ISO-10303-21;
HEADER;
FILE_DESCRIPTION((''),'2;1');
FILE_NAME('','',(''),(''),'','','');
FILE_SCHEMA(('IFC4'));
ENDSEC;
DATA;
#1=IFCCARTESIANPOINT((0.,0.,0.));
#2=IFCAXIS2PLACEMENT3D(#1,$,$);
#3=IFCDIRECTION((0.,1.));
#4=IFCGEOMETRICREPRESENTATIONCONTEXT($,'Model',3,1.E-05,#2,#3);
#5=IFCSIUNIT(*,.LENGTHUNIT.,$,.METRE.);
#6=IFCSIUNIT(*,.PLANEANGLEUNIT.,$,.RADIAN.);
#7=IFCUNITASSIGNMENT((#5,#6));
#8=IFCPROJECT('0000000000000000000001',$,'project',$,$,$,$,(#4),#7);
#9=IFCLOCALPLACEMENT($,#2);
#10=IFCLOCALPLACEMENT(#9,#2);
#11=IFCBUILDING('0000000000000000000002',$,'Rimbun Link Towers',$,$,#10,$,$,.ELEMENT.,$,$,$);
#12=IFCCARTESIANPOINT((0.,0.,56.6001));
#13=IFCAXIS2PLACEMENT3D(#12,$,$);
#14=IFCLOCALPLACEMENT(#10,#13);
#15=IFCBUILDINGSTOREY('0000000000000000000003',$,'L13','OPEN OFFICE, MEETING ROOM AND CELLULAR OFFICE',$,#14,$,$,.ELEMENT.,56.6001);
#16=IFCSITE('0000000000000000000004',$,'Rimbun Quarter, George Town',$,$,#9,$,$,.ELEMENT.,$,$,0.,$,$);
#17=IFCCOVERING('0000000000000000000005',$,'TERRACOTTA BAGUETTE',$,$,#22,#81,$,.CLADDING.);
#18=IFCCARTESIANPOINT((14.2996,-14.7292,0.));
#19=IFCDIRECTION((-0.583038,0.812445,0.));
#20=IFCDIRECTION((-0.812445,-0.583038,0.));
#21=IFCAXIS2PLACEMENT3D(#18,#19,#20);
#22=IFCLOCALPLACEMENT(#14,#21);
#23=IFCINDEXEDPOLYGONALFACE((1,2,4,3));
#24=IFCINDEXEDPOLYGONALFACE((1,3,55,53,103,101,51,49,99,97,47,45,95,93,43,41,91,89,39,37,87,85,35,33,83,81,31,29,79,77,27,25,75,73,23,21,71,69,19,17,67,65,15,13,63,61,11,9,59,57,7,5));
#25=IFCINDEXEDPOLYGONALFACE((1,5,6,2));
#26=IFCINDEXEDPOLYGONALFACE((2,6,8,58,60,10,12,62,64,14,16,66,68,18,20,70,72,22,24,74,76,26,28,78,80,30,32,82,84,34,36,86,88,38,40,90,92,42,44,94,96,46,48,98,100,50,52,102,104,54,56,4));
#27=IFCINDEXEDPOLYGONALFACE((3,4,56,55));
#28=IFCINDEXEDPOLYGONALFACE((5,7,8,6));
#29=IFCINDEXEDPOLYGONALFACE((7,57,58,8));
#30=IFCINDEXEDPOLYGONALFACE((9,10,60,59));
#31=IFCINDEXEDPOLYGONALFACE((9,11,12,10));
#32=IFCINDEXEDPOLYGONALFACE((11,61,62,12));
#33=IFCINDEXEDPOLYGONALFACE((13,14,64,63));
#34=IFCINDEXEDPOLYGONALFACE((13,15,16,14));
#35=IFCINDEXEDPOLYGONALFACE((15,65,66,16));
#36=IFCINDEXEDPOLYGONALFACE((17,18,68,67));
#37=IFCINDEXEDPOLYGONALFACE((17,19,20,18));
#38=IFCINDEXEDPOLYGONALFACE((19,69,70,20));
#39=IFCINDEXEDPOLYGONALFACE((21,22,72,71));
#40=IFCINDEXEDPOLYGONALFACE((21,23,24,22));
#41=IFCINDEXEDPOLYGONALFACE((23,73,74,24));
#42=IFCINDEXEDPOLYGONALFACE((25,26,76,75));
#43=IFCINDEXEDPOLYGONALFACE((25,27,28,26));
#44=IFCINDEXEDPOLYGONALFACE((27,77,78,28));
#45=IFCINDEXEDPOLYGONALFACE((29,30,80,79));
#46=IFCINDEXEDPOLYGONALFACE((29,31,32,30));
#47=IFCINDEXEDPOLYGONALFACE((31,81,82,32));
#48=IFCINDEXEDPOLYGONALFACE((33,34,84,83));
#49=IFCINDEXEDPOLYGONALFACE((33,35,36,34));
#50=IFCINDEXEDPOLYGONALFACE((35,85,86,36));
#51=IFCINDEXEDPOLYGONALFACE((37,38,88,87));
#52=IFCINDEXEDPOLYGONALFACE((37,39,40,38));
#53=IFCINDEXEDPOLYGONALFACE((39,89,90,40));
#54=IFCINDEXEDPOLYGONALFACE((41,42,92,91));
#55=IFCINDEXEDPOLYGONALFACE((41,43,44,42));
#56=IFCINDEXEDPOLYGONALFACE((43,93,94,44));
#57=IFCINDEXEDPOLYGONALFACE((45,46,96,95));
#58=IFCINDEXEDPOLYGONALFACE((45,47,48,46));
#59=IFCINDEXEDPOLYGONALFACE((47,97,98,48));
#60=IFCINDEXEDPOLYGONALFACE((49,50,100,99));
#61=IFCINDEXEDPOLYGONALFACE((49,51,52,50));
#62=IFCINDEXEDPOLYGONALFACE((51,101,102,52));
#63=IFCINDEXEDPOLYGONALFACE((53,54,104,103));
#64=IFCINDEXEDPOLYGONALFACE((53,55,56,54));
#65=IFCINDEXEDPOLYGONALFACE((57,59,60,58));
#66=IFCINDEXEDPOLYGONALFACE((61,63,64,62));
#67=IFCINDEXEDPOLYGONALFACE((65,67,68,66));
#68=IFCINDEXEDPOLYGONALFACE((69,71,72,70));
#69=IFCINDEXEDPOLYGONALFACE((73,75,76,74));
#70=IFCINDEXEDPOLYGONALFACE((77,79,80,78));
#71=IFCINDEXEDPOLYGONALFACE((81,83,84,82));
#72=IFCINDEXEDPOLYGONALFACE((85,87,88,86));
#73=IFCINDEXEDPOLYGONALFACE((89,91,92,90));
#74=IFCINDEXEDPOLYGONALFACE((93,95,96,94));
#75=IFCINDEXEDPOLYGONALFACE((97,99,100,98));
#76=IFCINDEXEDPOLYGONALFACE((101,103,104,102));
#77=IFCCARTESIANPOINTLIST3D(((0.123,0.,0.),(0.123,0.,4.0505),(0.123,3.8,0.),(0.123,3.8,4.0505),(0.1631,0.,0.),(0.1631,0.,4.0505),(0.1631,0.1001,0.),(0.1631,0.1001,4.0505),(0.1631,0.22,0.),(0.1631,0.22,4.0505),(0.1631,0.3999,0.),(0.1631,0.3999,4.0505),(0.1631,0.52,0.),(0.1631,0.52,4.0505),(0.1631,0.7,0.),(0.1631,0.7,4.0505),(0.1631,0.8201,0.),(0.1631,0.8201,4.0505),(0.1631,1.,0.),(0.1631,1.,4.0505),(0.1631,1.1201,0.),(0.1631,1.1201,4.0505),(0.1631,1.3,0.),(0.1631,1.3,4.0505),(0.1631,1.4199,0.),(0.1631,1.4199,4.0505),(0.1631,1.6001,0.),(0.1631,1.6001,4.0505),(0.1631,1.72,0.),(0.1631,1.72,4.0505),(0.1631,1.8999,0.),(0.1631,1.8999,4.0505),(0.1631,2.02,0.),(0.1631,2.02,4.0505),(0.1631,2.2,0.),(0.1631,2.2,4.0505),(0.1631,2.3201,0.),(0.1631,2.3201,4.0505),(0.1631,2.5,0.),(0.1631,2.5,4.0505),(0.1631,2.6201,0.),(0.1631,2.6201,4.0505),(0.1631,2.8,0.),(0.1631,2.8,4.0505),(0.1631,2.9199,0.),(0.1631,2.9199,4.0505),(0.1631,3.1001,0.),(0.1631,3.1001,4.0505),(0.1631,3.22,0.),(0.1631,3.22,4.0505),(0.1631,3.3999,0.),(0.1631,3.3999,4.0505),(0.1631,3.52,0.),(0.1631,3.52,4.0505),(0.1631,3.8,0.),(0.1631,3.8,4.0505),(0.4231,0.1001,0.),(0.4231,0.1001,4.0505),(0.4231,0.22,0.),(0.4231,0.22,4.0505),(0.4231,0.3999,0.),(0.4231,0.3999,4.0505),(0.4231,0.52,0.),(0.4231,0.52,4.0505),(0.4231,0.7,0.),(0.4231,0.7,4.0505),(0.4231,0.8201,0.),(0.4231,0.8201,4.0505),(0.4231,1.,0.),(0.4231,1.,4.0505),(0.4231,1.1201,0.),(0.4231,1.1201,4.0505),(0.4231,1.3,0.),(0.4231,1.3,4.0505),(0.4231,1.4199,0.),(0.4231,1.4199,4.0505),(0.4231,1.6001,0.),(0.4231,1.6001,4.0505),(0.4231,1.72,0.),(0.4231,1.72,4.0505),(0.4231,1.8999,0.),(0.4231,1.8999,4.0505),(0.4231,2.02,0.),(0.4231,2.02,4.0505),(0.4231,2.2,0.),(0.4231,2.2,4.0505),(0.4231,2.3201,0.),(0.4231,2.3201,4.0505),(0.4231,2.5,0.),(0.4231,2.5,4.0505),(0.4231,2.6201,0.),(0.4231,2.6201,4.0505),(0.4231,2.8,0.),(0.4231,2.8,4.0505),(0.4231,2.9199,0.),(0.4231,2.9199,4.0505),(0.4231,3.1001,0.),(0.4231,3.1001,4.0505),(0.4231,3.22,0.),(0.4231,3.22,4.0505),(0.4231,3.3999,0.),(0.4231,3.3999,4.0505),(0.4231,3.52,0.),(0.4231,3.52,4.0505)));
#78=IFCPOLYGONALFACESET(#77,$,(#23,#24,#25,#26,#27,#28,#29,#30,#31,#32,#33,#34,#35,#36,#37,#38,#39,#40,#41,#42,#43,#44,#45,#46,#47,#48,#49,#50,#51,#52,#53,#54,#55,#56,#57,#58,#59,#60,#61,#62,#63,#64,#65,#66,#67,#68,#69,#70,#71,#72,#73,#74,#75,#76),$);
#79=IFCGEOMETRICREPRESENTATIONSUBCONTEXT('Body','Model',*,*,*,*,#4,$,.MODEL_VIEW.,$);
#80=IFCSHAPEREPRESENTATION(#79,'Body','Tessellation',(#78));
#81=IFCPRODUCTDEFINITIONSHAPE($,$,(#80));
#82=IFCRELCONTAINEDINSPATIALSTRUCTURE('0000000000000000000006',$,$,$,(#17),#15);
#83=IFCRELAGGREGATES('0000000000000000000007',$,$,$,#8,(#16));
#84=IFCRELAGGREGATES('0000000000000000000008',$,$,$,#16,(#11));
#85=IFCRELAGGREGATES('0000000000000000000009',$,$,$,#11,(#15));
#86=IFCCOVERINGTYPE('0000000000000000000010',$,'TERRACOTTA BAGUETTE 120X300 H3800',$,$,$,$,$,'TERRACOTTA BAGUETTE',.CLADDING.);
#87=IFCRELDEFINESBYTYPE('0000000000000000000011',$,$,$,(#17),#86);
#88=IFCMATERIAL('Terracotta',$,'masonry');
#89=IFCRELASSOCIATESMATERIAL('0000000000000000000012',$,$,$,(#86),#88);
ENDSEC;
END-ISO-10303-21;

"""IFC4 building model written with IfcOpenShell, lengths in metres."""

from ifc_helpers import new_model, si_unit, direction, frame, origin, place, context, subcontext, project, spatial, polyline, outline, extrude, material, material_profile, profile_set, type_object, element, save


model = new_model("IFC4")

# Units and contexts
model_context = context("Model", 3, precision=1e-05, world=origin(), true_north=direction((0.0, 1.0)))
body_context = subcontext(model_context, "Body", "Model", "MODEL_VIEW")
ifc_project = project(units=[si_unit("LENGTHUNIT", "METRE"), si_unit("PLANEANGLEUNIT", "RADIAN")], contexts=[model_context])

# Site, building, storey
site_placement = place(None, origin())
site = spatial("IfcSite", under=ifc_project, at=site_placement, Name="Rimbun Quarter, George Town", CompositionType="ELEMENT", RefElevation=0.0)
building_placement = place(site_placement, origin())
building = spatial("IfcBuilding", under=site, at=building_placement, Name="Rimbun Link Towers", CompositionType="ELEMENT")
storey_placement = place(building_placement, frame((0.0, 0.0, 56.6001)))
storey = spatial("IfcBuildingStorey", under=building, at=storey_placement, Name="L13", Description="OPEN OFFICE, MEETING ROOM AND CELLULAR OFFICE", CompositionType="ELEMENT", Elevation=56.6001)

# Covering
ifc_material_1 = material(Name="Terracotta", Category="masonry")
ifc_material_profile_1 = material_profile(ifc_material_1, outline(polyline([(0.123, 0.0), (0.1631, 0.0), (0.1631, 0.1001), (0.4231, 0.1001), (0.4231, 0.22), (0.1631, 0.22), (0.1631, 0.3999), (0.4231, 0.3999), (0.4231, 0.52), (0.1631, 0.52), (0.1631, 0.7), (0.4231, 0.7), (0.4231, 0.8201), (0.1631, 0.8201), (0.1631, 1.0), (0.4231, 1.0), (0.4231, 1.1201), (0.1631, 1.1201), (0.1631, 1.3), (0.4231, 1.3), (0.4231, 1.4199), (0.1631, 1.4199), (0.1631, 1.6001), (0.4231, 1.6001), (0.4231, 1.72), (0.1631, 1.72), (0.1631, 1.8999), (0.4231, 1.8999), (0.4231, 2.02), (0.1631, 2.02), (0.1631, 2.2), (0.4231, 2.2), (0.4231, 2.3201), (0.1631, 2.3201), (0.1631, 2.5), (0.4231, 2.5), (0.4231, 2.6201), (0.1631, 2.6201), (0.1631, 2.8), (0.4231, 2.8), (0.4231, 2.9199), (0.1631, 2.9199), (0.1631, 3.1001), (0.4231, 3.1001), (0.4231, 3.22), (0.1631, 3.22), (0.1631, 3.3999), (0.4231, 3.3999), (0.4231, 3.52), (0.1631, 3.52), (0.1631, 3.8), (0.123, 3.8), (0.123, 0.0)])), Name="BAGUETTE 120X300")
ifc_profile_set_1 = profile_set([ifc_material_profile_1], Name="Terracotta")
covering_type = type_object("IfcCoveringType", Name="TERRACOTTA BAGUETTE 120X300 H3800", ElementType="TERRACOTTA BAGUETTE", PredefinedType="CLADDING", material=ifc_profile_set_1)
covering_placement = place(storey_placement, frame((14.2996, -14.7292, 0.0), z_axis=(-0.583038, 0.812445, 0.0), x_axis=(-0.812445, -0.583038, 0.0)))
element("IfcCovering", 1, at=covering_placement, inside=storey, type_object=covering_type, Name="TERRACOTTA BAGUETTE", PredefinedType="CLADDING", context=body_context, shape_type="SweptSolid", body=[
    extrude(outline(polyline([(0.123, 0.0), (0.1631, 0.0), (0.1631, 0.1001), (0.4231, 0.1001), (0.4231, 0.22), (0.1631, 0.22), (0.1631, 0.3999), (0.4231, 0.3999), (0.4231, 0.52), (0.1631, 0.52), (0.1631, 0.7), (0.4231, 0.7), (0.4231, 0.8201), (0.1631, 0.8201), (0.1631, 1.0), (0.4231, 1.0), (0.4231, 1.1201), (0.1631, 1.1201), (0.1631, 1.3), (0.4231, 1.3), (0.4231, 1.4199), (0.1631, 1.4199), (0.1631, 1.6001), (0.4231, 1.6001), (0.4231, 1.72), (0.1631, 1.72), (0.1631, 1.8999), (0.4231, 1.8999), (0.4231, 2.02), (0.1631, 2.02), (0.1631, 2.2), (0.4231, 2.2), (0.4231, 2.3201), (0.1631, 2.3201), (0.1631, 2.5), (0.4231, 2.5), (0.4231, 2.6201), (0.1631, 2.6201), (0.1631, 2.8), (0.4231, 2.8), (0.4231, 2.9199), (0.1631, 2.9199), (0.1631, 3.1001), (0.4231, 3.1001), (0.4231, 3.22), (0.1631, 3.22), (0.1631, 3.3999), (0.4231, 3.3999), (0.4231, 3.52), (0.1631, 3.52), (0.1631, 3.8), (0.123, 3.8), (0.123, 0.0)])), origin(), (0.0, 0.0, 1.0), 4.0505),
])

save(model, "model.ifc")
